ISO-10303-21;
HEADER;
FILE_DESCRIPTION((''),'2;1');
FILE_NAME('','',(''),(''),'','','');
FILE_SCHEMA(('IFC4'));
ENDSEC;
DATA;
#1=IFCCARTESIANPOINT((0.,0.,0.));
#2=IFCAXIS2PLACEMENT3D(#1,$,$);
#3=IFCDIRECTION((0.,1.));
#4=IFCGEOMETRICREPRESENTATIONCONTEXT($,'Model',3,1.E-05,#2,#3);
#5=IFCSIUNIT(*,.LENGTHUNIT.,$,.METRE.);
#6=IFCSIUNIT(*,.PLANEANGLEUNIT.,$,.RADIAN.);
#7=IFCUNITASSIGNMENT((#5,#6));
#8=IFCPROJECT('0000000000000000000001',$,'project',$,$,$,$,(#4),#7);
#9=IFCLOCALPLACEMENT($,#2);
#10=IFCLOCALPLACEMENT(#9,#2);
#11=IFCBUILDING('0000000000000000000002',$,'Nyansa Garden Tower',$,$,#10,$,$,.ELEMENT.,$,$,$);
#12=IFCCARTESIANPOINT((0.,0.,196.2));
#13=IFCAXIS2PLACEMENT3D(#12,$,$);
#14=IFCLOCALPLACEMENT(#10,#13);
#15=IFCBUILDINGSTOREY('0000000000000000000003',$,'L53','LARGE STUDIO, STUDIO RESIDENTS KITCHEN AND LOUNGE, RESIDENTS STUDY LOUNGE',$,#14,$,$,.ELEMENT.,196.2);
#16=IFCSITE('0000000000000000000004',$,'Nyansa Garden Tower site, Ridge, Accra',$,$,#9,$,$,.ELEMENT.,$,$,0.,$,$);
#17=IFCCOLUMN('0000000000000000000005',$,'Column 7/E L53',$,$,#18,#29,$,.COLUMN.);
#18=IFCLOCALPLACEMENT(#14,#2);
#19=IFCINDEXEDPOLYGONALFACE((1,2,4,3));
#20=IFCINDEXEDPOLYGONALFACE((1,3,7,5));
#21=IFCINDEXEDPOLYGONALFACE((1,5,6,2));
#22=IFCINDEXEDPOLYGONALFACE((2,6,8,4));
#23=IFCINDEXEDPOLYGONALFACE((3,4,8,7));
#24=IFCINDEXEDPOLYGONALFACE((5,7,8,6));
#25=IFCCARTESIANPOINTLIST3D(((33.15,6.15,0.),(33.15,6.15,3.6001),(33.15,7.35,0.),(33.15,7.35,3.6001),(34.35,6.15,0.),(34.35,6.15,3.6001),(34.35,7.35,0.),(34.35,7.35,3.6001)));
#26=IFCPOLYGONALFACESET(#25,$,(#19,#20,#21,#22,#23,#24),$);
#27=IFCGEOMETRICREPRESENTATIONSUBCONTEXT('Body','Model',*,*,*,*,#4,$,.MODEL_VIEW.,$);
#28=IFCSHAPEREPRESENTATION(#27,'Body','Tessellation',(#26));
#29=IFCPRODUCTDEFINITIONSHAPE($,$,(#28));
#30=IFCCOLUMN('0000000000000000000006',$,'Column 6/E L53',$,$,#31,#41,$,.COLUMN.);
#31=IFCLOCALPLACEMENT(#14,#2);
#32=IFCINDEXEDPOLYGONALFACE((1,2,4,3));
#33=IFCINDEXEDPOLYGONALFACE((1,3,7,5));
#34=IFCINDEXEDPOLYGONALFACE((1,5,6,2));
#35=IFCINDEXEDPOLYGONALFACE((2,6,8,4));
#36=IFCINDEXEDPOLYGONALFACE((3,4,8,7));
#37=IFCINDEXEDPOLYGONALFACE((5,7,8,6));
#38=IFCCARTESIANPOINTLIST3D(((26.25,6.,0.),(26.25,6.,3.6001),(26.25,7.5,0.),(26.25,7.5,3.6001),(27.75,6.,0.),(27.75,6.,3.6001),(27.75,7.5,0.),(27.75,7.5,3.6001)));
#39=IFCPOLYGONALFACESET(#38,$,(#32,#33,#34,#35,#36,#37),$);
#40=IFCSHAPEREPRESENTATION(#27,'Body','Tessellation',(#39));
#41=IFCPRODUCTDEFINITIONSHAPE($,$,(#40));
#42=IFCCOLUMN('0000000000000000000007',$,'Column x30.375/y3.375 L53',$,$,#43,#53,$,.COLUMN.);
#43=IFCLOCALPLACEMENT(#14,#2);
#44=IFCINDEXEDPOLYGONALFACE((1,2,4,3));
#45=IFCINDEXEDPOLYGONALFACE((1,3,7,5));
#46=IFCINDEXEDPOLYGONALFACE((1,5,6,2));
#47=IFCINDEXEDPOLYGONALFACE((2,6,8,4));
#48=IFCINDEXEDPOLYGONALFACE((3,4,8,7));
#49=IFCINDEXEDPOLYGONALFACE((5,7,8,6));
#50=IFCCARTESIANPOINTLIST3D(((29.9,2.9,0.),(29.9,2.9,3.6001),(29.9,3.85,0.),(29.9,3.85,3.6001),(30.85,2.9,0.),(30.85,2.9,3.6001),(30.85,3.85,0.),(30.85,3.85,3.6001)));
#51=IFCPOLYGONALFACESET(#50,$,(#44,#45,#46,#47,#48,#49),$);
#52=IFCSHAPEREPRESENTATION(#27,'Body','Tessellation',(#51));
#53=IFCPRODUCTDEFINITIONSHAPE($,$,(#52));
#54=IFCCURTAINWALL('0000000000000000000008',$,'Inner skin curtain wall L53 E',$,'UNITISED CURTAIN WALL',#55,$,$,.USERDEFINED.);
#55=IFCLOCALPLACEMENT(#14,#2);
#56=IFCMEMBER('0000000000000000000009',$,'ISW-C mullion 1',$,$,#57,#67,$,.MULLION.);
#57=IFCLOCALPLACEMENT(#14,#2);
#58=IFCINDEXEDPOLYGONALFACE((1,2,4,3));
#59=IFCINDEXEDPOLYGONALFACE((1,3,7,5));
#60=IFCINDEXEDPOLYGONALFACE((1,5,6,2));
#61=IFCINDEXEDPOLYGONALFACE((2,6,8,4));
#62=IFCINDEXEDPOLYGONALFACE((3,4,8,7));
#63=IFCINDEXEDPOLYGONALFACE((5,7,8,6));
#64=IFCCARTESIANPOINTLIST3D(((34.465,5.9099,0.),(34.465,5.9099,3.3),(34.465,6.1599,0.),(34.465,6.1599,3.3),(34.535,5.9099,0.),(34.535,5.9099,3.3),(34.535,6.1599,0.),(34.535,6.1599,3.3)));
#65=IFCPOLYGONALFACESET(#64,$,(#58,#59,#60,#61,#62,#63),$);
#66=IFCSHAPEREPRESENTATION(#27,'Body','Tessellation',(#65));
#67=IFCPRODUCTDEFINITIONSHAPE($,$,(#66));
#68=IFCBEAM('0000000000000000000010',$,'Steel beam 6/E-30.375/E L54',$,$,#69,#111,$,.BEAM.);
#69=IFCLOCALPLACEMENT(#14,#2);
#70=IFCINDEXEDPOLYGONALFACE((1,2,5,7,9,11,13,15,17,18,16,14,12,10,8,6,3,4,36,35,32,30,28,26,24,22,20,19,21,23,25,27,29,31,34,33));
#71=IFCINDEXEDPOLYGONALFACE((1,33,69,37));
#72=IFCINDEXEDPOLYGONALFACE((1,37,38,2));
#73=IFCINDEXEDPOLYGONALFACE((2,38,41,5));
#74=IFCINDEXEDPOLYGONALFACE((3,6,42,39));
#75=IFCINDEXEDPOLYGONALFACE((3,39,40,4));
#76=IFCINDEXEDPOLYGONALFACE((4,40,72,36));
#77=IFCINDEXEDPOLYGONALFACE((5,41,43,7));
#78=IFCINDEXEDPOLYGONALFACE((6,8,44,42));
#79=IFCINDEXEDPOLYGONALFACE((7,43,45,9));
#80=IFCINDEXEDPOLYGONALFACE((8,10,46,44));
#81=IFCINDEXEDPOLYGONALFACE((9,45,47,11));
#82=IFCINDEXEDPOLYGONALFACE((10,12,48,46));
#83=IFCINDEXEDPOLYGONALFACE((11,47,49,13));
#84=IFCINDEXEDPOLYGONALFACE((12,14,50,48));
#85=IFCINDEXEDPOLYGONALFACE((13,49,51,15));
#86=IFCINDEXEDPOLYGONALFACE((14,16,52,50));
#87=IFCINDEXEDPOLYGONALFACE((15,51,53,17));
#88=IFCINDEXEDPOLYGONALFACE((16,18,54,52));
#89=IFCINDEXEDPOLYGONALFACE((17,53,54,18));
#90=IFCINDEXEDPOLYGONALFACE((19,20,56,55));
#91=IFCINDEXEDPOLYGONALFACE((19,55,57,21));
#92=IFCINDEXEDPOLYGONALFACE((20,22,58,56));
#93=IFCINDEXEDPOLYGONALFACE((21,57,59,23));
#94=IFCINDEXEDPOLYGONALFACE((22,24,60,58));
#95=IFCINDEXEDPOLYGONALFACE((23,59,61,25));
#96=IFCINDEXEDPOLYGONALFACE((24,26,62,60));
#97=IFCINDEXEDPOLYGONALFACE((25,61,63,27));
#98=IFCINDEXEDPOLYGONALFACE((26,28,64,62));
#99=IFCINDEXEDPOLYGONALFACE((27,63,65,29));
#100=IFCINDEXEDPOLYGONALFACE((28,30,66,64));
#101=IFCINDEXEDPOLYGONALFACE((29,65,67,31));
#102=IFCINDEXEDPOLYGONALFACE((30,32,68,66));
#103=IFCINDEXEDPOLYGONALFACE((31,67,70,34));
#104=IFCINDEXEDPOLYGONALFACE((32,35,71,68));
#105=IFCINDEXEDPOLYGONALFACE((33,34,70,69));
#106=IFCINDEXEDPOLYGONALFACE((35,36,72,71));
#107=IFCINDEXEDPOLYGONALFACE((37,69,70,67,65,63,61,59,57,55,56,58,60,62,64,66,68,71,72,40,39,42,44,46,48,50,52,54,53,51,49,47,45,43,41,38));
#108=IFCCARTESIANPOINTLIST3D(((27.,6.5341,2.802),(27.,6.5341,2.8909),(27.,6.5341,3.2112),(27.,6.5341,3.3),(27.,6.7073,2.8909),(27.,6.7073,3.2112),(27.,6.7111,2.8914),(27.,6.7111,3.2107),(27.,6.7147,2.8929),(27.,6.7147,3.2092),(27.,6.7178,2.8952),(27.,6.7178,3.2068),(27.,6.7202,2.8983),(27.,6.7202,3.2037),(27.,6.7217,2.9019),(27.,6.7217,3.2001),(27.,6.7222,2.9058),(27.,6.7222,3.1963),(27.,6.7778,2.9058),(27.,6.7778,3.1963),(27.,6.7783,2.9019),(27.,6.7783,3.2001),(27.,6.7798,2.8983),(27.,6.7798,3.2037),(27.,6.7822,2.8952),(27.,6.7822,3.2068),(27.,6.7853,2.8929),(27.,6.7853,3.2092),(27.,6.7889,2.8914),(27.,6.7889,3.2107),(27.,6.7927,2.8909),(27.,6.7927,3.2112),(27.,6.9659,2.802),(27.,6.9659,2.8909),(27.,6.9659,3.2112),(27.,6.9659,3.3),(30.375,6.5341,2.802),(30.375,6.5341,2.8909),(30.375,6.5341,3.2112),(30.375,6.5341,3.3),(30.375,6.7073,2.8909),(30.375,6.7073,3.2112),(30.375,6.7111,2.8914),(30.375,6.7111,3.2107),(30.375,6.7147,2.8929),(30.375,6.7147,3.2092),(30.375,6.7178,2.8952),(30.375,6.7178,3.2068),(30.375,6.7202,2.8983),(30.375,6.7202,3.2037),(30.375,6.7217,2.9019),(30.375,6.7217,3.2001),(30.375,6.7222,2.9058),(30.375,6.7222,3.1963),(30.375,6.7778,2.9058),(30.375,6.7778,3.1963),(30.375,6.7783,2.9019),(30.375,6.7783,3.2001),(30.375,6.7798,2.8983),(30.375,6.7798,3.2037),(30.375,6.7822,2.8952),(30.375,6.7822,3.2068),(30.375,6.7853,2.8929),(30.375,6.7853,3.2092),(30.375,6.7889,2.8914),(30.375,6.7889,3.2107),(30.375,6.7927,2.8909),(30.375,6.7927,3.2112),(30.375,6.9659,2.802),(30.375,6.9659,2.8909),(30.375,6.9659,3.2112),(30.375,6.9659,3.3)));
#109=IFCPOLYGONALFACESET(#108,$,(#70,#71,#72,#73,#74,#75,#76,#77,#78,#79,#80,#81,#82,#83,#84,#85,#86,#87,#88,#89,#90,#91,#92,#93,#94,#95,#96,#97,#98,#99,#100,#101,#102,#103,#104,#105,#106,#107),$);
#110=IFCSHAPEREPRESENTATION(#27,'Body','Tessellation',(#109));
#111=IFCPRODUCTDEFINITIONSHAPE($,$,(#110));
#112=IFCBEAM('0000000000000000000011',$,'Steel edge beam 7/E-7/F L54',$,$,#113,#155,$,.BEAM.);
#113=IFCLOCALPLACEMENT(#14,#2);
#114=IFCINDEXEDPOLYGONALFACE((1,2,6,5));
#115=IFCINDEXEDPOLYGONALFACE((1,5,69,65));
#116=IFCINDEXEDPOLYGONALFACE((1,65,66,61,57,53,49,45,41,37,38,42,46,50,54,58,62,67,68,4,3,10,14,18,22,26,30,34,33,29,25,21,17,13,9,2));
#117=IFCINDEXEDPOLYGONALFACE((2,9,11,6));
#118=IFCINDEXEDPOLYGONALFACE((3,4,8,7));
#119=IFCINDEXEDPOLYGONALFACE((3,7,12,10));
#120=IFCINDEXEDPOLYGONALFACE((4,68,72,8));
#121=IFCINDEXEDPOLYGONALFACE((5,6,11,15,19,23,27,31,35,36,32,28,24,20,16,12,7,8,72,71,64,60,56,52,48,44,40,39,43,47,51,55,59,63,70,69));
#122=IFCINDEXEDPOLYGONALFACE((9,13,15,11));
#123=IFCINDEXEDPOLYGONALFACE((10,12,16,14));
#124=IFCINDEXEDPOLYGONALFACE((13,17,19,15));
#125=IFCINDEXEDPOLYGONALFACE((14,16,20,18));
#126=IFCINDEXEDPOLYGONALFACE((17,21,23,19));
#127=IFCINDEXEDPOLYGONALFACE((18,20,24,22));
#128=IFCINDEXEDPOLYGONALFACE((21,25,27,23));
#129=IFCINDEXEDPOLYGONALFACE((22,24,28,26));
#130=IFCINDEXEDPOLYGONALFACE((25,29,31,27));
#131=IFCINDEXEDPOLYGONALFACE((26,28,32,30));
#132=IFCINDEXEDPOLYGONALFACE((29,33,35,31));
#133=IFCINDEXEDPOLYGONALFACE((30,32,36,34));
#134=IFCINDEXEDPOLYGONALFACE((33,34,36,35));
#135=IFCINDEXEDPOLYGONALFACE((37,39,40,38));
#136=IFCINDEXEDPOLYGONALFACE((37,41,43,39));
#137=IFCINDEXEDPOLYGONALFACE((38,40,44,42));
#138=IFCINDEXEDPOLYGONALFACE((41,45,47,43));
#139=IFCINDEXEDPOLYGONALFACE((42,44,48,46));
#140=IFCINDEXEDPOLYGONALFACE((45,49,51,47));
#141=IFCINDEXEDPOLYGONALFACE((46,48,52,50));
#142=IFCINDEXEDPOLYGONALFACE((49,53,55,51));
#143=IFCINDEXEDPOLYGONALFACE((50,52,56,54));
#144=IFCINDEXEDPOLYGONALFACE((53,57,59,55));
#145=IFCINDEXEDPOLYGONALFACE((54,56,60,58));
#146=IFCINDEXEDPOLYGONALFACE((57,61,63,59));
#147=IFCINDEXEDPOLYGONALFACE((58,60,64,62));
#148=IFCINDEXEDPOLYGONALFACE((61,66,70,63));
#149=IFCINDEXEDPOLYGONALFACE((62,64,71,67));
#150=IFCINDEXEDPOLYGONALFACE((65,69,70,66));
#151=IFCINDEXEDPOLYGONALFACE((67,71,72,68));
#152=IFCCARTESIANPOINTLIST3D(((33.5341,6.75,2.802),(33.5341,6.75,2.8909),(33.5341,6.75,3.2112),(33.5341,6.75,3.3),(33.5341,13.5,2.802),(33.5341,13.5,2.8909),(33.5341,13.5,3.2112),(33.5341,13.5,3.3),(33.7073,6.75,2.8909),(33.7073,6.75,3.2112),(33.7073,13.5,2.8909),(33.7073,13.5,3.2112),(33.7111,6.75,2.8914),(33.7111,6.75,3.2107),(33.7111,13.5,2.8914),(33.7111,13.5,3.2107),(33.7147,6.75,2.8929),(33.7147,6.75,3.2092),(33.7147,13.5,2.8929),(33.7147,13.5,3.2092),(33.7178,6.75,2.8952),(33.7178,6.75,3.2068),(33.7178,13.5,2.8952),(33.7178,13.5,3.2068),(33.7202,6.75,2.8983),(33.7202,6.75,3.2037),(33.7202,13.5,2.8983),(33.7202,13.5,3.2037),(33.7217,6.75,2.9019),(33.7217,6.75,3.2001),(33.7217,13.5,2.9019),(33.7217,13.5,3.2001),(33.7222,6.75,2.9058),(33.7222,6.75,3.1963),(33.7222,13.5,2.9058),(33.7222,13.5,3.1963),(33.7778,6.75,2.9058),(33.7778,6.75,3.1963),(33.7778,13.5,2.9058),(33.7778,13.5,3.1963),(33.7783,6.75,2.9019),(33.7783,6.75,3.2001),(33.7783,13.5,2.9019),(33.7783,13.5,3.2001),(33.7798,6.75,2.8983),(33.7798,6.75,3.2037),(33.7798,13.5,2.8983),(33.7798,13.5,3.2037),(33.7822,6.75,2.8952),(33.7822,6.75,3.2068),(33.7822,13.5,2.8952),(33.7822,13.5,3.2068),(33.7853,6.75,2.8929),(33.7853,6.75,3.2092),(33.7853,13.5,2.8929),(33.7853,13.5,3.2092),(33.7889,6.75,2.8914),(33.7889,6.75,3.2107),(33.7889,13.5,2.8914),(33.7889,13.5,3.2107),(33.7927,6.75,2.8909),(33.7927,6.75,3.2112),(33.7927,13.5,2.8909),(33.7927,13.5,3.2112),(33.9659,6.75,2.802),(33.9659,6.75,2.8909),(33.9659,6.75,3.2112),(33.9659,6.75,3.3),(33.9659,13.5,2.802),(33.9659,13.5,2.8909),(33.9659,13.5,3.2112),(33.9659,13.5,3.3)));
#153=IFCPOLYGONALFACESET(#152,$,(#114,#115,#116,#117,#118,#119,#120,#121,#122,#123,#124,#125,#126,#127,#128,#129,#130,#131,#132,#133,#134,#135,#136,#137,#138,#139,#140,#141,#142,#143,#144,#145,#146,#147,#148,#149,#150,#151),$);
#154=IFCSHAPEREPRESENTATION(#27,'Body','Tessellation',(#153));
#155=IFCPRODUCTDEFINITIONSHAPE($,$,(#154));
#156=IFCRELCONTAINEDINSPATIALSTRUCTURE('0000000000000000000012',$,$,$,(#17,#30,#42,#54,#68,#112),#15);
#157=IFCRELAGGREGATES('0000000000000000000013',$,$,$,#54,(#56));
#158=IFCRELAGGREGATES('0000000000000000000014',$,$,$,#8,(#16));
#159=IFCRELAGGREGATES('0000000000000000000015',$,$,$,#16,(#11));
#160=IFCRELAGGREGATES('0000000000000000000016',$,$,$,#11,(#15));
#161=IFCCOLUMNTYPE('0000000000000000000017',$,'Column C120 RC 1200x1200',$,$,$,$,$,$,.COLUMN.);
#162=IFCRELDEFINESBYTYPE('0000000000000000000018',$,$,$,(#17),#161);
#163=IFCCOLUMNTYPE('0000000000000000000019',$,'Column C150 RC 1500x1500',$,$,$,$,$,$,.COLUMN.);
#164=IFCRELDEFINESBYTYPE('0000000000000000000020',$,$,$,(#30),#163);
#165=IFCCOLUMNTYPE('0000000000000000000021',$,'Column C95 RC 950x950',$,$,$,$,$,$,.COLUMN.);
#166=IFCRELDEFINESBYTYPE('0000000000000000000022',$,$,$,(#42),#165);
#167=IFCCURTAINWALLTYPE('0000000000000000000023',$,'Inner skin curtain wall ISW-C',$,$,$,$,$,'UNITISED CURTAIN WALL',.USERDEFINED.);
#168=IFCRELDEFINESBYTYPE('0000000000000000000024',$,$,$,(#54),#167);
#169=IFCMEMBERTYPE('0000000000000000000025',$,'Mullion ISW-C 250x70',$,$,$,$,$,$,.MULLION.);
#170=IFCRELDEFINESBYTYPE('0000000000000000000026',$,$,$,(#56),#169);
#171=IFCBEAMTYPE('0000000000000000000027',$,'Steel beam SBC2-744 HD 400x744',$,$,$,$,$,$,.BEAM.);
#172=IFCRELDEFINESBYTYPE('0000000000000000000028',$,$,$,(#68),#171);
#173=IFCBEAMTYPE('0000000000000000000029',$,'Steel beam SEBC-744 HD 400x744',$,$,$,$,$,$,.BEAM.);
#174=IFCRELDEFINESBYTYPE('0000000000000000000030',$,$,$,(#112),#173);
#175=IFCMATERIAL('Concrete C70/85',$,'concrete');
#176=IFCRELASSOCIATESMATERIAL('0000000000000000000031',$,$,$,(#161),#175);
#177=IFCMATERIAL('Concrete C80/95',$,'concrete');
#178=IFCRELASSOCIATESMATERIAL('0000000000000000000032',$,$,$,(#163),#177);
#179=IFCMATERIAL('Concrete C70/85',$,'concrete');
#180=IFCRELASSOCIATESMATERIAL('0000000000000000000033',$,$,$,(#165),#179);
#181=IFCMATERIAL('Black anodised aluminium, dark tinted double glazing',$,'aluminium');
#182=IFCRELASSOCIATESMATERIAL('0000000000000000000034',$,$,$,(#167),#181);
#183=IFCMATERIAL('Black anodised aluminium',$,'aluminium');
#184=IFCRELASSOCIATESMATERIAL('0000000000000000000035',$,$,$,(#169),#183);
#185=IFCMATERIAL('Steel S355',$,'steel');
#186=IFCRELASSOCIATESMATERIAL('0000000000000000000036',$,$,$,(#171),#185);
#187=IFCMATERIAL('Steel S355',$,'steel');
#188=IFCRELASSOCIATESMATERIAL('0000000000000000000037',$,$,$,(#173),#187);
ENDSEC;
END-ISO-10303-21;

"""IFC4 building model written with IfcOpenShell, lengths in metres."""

from ifc_helpers import new_model, si_unit, direction, frame, origin, origin_2d, place, context, subcontext, project, spatial, rectangle, i_section, extrude, material, material_profile, profile_set, type_object, element, aggregate, save


model = new_model("IFC4")

# Units and contexts
model_context = context("Model", 3, precision=1e-05, world=origin(), true_north=direction((0.0, 1.0)))
body_context = subcontext(model_context, "Body", "Model", "MODEL_VIEW")
ifc_project = project(units=[si_unit("LENGTHUNIT", "METRE"), si_unit("PLANEANGLEUNIT", "RADIAN")], contexts=[model_context])

# Site, building, storey
site_placement = place(None, origin())
site = spatial("IfcSite", under=ifc_project, at=site_placement, Name="Nyansa Garden Tower site, Ridge, Accra", CompositionType="ELEMENT", RefElevation=0.0)
building_placement = place(site_placement, origin())
building = spatial("IfcBuilding", under=site, at=building_placement, Name="Nyansa Garden Tower", CompositionType="ELEMENT")
storey_placement = place(building_placement, frame((0.0, 0.0, 196.2)))
storey = spatial("IfcBuildingStorey", under=building, at=storey_placement, Name="L53", Description="LARGE STUDIO, STUDIO RESIDENTS KITCHEN AND LOUNGE, RESIDENTS STUDY LOUNGE", CompositionType="ELEMENT", Elevation=196.2)

# Columns
ifc_material_1 = material(Name="Concrete C70/85", Category="concrete")
ifc_material_profile_1 = material_profile(ifc_material_1, rectangle(XDim=1.2, YDim=1.2, at=origin_2d()), Name="RC 1200x1200")
ifc_profile_set_1 = profile_set([ifc_material_profile_1], Name="Concrete C70/85")
column_type_1 = type_object("IfcColumnType", Name="Column C120 RC 1200x1200", PredefinedType="COLUMN", material=ifc_profile_set_1)
column_1_placement = place(storey_placement, frame((33.75, 6.75, 0.0), z_axis=(0.0, 0.0, 1.0), x_axis=(1.0, 0.0, 0.0)))
element("IfcColumn", 1, at=column_1_placement, inside=storey, type_object=column_type_1, Name="Column 7/E L53", PredefinedType="COLUMN", context=body_context, shape_type="SweptSolid", body=[
    extrude(rectangle(XDim=1.2, YDim=1.2, at=origin_2d()), origin(), (0.0, 0.0, 1.0), 3.6001),
])
ifc_material_2 = material(Name="Concrete C80/95", Category="concrete")
ifc_material_profile_2 = material_profile(ifc_material_2, rectangle(XDim=1.5, YDim=1.5, at=origin_2d()), Name="RC 1500x1500")
ifc_profile_set_2 = profile_set([ifc_material_profile_2], Name="Concrete C80/95")
column_type_2 = type_object("IfcColumnType", Name="Column C150 RC 1500x1500", PredefinedType="COLUMN", material=ifc_profile_set_2)
column_2_placement = place(storey_placement, frame((27.0, 6.75, 0.0), z_axis=(0.0, 0.0, 1.0), x_axis=(1.0, 0.0, 0.0)))
element("IfcColumn", 2, at=column_2_placement, inside=storey, type_object=column_type_2, Name="Column 6/E L53", PredefinedType="COLUMN", context=body_context, shape_type="SweptSolid", body=[
    extrude(rectangle(XDim=1.5, YDim=1.5, at=origin_2d()), origin(), (0.0, 0.0, 1.0), 3.6001),
])
ifc_material_3 = material(Name="Concrete C70/85", Category="concrete")
ifc_material_profile_3 = material_profile(ifc_material_3, rectangle(XDim=0.95, YDim=0.95, at=origin_2d()), Name="RC 950x950")
ifc_profile_set_3 = profile_set([ifc_material_profile_3], Name="Concrete C70/85")
column_type_3 = type_object("IfcColumnType", Name="Column C95 RC 950x950", PredefinedType="COLUMN", material=ifc_profile_set_3)
column_3_placement = place(storey_placement, frame((30.375, 3.375, 0.0), z_axis=(0.0, 0.0, 1.0), x_axis=(1.0, 0.0, 0.0)))
element("IfcColumn", 3, at=column_3_placement, inside=storey, type_object=column_type_3, Name="Column x30.375/y3.375 L53", PredefinedType="COLUMN", context=body_context, shape_type="SweptSolid", body=[
    extrude(rectangle(XDim=0.95, YDim=0.95, at=origin_2d()), origin(), (0.0, 0.0, 1.0), 3.6001),
])

# Curtain wall, member
ifc_material_4 = material(Name="Black anodised aluminium, dark tinted double glazing", Category="aluminium")
curtain_wall_type = type_object("IfcCurtainWallType", Name="Inner skin curtain wall ISW-C", ElementType="UNITISED CURTAIN WALL", PredefinedType="USERDEFINED", material=ifc_material_4)
curtain_wall_placement = place(storey_placement, origin())
curtain_wall = element("IfcCurtainWall", 4, at=curtain_wall_placement, inside=storey, type_object=curtain_wall_type, Name="Inner skin curtain wall L53 E", ObjectType="UNITISED CURTAIN WALL", PredefinedType="USERDEFINED")
ifc_material_5 = material(Name="Black anodised aluminium", Category="aluminium")
ifc_material_profile_4 = material_profile(ifc_material_5, rectangle(XDim=0.0701, YDim=0.25, at=origin_2d()), Name="Mullion 250x70")
ifc_profile_set_4 = profile_set([ifc_material_profile_4], Name="Black anodised aluminium")
member_type_1 = type_object("IfcMemberType", Name="Mullion ISW-C 250x70", PredefinedType="MULLION", material=ifc_profile_set_4)
member_1_placement = place(storey_placement, frame((34.5, 6.0349, 0.0), z_axis=(0.0, 0.0, 1.0), x_axis=(-1.0, 0.0, 0.0)))
member_1 = element("IfcMember", 5, at=member_1_placement, type_object=member_type_1, Name="ISW-C mullion 1", PredefinedType="MULLION", context=body_context, shape_type="SweptSolid", body=[
    extrude(rectangle(XDim=0.0701, YDim=0.25, at=origin_2d()), origin(), (0.0, 0.0, 1.0), 3.3),
])

# Beams
ifc_material_6 = material(Name="Steel S355", Category="steel")
ifc_material_profile_5 = material_profile(ifc_material_6, i_section(OverallWidth=0.4319, OverallDepth=0.498, WebThickness=0.0557, FlangeThickness=0.0889, FilletRadius=0.0149, at=origin_2d()), Name="HD 400x744")
ifc_profile_set_5 = profile_set([ifc_material_profile_5], Name="Steel S355")
beam_type_1 = type_object("IfcBeamType", Name="Steel beam SBC2-744 HD 400x744", PredefinedType="BEAM", material=ifc_profile_set_5)
beam_1_placement = place(storey_placement, frame((27.0, 6.75, 3.051), z_axis=(1.0, 0.0, 0.0), x_axis=(0.0, 1.0, 0.0)))
element("IfcBeam", 6, at=beam_1_placement, inside=storey, type_object=beam_type_1, Name="Steel beam 6/E-30.375/E L54", PredefinedType="BEAM", context=body_context, shape_type="SweptSolid", body=[
    extrude(i_section(OverallWidth=0.4319, OverallDepth=0.498, WebThickness=0.0557, FlangeThickness=0.0889, FilletRadius=0.0149, at=origin_2d()), origin(), (0.0, 0.0, 1.0), 3.375),
])
ifc_material_7 = material(Name="Steel S355", Category="steel")
ifc_material_profile_6 = material_profile(ifc_material_7, i_section(OverallWidth=0.4319, OverallDepth=0.498, WebThickness=0.0557, FlangeThickness=0.0889, FilletRadius=0.0149, at=origin_2d()), Name="HD 400x744")
ifc_profile_set_6 = profile_set([ifc_material_profile_6], Name="Steel S355")
beam_type_2 = type_object("IfcBeamType", Name="Steel beam SEBC-744 HD 400x744", PredefinedType="BEAM", material=ifc_profile_set_6)
beam_2_placement = place(storey_placement, frame((33.75, 6.75, 3.051), z_axis=(0.0, 1.0, 0.0), x_axis=(-1.0, 0.0, 0.0)))
element("IfcBeam", 7, at=beam_2_placement, inside=storey, type_object=beam_type_2, Name="Steel edge beam 7/E-7/F L54", PredefinedType="BEAM", context=body_context, shape_type="SweptSolid", body=[
    extrude(i_section(OverallWidth=0.4319, OverallDepth=0.498, WebThickness=0.0557, FlangeThickness=0.0889, FilletRadius=0.0149, at=origin_2d()), origin(), (0.0, 0.0, 1.0), 6.75),
])

aggregate(curtain_wall, [member_1])

save(model, "model.ifc")
